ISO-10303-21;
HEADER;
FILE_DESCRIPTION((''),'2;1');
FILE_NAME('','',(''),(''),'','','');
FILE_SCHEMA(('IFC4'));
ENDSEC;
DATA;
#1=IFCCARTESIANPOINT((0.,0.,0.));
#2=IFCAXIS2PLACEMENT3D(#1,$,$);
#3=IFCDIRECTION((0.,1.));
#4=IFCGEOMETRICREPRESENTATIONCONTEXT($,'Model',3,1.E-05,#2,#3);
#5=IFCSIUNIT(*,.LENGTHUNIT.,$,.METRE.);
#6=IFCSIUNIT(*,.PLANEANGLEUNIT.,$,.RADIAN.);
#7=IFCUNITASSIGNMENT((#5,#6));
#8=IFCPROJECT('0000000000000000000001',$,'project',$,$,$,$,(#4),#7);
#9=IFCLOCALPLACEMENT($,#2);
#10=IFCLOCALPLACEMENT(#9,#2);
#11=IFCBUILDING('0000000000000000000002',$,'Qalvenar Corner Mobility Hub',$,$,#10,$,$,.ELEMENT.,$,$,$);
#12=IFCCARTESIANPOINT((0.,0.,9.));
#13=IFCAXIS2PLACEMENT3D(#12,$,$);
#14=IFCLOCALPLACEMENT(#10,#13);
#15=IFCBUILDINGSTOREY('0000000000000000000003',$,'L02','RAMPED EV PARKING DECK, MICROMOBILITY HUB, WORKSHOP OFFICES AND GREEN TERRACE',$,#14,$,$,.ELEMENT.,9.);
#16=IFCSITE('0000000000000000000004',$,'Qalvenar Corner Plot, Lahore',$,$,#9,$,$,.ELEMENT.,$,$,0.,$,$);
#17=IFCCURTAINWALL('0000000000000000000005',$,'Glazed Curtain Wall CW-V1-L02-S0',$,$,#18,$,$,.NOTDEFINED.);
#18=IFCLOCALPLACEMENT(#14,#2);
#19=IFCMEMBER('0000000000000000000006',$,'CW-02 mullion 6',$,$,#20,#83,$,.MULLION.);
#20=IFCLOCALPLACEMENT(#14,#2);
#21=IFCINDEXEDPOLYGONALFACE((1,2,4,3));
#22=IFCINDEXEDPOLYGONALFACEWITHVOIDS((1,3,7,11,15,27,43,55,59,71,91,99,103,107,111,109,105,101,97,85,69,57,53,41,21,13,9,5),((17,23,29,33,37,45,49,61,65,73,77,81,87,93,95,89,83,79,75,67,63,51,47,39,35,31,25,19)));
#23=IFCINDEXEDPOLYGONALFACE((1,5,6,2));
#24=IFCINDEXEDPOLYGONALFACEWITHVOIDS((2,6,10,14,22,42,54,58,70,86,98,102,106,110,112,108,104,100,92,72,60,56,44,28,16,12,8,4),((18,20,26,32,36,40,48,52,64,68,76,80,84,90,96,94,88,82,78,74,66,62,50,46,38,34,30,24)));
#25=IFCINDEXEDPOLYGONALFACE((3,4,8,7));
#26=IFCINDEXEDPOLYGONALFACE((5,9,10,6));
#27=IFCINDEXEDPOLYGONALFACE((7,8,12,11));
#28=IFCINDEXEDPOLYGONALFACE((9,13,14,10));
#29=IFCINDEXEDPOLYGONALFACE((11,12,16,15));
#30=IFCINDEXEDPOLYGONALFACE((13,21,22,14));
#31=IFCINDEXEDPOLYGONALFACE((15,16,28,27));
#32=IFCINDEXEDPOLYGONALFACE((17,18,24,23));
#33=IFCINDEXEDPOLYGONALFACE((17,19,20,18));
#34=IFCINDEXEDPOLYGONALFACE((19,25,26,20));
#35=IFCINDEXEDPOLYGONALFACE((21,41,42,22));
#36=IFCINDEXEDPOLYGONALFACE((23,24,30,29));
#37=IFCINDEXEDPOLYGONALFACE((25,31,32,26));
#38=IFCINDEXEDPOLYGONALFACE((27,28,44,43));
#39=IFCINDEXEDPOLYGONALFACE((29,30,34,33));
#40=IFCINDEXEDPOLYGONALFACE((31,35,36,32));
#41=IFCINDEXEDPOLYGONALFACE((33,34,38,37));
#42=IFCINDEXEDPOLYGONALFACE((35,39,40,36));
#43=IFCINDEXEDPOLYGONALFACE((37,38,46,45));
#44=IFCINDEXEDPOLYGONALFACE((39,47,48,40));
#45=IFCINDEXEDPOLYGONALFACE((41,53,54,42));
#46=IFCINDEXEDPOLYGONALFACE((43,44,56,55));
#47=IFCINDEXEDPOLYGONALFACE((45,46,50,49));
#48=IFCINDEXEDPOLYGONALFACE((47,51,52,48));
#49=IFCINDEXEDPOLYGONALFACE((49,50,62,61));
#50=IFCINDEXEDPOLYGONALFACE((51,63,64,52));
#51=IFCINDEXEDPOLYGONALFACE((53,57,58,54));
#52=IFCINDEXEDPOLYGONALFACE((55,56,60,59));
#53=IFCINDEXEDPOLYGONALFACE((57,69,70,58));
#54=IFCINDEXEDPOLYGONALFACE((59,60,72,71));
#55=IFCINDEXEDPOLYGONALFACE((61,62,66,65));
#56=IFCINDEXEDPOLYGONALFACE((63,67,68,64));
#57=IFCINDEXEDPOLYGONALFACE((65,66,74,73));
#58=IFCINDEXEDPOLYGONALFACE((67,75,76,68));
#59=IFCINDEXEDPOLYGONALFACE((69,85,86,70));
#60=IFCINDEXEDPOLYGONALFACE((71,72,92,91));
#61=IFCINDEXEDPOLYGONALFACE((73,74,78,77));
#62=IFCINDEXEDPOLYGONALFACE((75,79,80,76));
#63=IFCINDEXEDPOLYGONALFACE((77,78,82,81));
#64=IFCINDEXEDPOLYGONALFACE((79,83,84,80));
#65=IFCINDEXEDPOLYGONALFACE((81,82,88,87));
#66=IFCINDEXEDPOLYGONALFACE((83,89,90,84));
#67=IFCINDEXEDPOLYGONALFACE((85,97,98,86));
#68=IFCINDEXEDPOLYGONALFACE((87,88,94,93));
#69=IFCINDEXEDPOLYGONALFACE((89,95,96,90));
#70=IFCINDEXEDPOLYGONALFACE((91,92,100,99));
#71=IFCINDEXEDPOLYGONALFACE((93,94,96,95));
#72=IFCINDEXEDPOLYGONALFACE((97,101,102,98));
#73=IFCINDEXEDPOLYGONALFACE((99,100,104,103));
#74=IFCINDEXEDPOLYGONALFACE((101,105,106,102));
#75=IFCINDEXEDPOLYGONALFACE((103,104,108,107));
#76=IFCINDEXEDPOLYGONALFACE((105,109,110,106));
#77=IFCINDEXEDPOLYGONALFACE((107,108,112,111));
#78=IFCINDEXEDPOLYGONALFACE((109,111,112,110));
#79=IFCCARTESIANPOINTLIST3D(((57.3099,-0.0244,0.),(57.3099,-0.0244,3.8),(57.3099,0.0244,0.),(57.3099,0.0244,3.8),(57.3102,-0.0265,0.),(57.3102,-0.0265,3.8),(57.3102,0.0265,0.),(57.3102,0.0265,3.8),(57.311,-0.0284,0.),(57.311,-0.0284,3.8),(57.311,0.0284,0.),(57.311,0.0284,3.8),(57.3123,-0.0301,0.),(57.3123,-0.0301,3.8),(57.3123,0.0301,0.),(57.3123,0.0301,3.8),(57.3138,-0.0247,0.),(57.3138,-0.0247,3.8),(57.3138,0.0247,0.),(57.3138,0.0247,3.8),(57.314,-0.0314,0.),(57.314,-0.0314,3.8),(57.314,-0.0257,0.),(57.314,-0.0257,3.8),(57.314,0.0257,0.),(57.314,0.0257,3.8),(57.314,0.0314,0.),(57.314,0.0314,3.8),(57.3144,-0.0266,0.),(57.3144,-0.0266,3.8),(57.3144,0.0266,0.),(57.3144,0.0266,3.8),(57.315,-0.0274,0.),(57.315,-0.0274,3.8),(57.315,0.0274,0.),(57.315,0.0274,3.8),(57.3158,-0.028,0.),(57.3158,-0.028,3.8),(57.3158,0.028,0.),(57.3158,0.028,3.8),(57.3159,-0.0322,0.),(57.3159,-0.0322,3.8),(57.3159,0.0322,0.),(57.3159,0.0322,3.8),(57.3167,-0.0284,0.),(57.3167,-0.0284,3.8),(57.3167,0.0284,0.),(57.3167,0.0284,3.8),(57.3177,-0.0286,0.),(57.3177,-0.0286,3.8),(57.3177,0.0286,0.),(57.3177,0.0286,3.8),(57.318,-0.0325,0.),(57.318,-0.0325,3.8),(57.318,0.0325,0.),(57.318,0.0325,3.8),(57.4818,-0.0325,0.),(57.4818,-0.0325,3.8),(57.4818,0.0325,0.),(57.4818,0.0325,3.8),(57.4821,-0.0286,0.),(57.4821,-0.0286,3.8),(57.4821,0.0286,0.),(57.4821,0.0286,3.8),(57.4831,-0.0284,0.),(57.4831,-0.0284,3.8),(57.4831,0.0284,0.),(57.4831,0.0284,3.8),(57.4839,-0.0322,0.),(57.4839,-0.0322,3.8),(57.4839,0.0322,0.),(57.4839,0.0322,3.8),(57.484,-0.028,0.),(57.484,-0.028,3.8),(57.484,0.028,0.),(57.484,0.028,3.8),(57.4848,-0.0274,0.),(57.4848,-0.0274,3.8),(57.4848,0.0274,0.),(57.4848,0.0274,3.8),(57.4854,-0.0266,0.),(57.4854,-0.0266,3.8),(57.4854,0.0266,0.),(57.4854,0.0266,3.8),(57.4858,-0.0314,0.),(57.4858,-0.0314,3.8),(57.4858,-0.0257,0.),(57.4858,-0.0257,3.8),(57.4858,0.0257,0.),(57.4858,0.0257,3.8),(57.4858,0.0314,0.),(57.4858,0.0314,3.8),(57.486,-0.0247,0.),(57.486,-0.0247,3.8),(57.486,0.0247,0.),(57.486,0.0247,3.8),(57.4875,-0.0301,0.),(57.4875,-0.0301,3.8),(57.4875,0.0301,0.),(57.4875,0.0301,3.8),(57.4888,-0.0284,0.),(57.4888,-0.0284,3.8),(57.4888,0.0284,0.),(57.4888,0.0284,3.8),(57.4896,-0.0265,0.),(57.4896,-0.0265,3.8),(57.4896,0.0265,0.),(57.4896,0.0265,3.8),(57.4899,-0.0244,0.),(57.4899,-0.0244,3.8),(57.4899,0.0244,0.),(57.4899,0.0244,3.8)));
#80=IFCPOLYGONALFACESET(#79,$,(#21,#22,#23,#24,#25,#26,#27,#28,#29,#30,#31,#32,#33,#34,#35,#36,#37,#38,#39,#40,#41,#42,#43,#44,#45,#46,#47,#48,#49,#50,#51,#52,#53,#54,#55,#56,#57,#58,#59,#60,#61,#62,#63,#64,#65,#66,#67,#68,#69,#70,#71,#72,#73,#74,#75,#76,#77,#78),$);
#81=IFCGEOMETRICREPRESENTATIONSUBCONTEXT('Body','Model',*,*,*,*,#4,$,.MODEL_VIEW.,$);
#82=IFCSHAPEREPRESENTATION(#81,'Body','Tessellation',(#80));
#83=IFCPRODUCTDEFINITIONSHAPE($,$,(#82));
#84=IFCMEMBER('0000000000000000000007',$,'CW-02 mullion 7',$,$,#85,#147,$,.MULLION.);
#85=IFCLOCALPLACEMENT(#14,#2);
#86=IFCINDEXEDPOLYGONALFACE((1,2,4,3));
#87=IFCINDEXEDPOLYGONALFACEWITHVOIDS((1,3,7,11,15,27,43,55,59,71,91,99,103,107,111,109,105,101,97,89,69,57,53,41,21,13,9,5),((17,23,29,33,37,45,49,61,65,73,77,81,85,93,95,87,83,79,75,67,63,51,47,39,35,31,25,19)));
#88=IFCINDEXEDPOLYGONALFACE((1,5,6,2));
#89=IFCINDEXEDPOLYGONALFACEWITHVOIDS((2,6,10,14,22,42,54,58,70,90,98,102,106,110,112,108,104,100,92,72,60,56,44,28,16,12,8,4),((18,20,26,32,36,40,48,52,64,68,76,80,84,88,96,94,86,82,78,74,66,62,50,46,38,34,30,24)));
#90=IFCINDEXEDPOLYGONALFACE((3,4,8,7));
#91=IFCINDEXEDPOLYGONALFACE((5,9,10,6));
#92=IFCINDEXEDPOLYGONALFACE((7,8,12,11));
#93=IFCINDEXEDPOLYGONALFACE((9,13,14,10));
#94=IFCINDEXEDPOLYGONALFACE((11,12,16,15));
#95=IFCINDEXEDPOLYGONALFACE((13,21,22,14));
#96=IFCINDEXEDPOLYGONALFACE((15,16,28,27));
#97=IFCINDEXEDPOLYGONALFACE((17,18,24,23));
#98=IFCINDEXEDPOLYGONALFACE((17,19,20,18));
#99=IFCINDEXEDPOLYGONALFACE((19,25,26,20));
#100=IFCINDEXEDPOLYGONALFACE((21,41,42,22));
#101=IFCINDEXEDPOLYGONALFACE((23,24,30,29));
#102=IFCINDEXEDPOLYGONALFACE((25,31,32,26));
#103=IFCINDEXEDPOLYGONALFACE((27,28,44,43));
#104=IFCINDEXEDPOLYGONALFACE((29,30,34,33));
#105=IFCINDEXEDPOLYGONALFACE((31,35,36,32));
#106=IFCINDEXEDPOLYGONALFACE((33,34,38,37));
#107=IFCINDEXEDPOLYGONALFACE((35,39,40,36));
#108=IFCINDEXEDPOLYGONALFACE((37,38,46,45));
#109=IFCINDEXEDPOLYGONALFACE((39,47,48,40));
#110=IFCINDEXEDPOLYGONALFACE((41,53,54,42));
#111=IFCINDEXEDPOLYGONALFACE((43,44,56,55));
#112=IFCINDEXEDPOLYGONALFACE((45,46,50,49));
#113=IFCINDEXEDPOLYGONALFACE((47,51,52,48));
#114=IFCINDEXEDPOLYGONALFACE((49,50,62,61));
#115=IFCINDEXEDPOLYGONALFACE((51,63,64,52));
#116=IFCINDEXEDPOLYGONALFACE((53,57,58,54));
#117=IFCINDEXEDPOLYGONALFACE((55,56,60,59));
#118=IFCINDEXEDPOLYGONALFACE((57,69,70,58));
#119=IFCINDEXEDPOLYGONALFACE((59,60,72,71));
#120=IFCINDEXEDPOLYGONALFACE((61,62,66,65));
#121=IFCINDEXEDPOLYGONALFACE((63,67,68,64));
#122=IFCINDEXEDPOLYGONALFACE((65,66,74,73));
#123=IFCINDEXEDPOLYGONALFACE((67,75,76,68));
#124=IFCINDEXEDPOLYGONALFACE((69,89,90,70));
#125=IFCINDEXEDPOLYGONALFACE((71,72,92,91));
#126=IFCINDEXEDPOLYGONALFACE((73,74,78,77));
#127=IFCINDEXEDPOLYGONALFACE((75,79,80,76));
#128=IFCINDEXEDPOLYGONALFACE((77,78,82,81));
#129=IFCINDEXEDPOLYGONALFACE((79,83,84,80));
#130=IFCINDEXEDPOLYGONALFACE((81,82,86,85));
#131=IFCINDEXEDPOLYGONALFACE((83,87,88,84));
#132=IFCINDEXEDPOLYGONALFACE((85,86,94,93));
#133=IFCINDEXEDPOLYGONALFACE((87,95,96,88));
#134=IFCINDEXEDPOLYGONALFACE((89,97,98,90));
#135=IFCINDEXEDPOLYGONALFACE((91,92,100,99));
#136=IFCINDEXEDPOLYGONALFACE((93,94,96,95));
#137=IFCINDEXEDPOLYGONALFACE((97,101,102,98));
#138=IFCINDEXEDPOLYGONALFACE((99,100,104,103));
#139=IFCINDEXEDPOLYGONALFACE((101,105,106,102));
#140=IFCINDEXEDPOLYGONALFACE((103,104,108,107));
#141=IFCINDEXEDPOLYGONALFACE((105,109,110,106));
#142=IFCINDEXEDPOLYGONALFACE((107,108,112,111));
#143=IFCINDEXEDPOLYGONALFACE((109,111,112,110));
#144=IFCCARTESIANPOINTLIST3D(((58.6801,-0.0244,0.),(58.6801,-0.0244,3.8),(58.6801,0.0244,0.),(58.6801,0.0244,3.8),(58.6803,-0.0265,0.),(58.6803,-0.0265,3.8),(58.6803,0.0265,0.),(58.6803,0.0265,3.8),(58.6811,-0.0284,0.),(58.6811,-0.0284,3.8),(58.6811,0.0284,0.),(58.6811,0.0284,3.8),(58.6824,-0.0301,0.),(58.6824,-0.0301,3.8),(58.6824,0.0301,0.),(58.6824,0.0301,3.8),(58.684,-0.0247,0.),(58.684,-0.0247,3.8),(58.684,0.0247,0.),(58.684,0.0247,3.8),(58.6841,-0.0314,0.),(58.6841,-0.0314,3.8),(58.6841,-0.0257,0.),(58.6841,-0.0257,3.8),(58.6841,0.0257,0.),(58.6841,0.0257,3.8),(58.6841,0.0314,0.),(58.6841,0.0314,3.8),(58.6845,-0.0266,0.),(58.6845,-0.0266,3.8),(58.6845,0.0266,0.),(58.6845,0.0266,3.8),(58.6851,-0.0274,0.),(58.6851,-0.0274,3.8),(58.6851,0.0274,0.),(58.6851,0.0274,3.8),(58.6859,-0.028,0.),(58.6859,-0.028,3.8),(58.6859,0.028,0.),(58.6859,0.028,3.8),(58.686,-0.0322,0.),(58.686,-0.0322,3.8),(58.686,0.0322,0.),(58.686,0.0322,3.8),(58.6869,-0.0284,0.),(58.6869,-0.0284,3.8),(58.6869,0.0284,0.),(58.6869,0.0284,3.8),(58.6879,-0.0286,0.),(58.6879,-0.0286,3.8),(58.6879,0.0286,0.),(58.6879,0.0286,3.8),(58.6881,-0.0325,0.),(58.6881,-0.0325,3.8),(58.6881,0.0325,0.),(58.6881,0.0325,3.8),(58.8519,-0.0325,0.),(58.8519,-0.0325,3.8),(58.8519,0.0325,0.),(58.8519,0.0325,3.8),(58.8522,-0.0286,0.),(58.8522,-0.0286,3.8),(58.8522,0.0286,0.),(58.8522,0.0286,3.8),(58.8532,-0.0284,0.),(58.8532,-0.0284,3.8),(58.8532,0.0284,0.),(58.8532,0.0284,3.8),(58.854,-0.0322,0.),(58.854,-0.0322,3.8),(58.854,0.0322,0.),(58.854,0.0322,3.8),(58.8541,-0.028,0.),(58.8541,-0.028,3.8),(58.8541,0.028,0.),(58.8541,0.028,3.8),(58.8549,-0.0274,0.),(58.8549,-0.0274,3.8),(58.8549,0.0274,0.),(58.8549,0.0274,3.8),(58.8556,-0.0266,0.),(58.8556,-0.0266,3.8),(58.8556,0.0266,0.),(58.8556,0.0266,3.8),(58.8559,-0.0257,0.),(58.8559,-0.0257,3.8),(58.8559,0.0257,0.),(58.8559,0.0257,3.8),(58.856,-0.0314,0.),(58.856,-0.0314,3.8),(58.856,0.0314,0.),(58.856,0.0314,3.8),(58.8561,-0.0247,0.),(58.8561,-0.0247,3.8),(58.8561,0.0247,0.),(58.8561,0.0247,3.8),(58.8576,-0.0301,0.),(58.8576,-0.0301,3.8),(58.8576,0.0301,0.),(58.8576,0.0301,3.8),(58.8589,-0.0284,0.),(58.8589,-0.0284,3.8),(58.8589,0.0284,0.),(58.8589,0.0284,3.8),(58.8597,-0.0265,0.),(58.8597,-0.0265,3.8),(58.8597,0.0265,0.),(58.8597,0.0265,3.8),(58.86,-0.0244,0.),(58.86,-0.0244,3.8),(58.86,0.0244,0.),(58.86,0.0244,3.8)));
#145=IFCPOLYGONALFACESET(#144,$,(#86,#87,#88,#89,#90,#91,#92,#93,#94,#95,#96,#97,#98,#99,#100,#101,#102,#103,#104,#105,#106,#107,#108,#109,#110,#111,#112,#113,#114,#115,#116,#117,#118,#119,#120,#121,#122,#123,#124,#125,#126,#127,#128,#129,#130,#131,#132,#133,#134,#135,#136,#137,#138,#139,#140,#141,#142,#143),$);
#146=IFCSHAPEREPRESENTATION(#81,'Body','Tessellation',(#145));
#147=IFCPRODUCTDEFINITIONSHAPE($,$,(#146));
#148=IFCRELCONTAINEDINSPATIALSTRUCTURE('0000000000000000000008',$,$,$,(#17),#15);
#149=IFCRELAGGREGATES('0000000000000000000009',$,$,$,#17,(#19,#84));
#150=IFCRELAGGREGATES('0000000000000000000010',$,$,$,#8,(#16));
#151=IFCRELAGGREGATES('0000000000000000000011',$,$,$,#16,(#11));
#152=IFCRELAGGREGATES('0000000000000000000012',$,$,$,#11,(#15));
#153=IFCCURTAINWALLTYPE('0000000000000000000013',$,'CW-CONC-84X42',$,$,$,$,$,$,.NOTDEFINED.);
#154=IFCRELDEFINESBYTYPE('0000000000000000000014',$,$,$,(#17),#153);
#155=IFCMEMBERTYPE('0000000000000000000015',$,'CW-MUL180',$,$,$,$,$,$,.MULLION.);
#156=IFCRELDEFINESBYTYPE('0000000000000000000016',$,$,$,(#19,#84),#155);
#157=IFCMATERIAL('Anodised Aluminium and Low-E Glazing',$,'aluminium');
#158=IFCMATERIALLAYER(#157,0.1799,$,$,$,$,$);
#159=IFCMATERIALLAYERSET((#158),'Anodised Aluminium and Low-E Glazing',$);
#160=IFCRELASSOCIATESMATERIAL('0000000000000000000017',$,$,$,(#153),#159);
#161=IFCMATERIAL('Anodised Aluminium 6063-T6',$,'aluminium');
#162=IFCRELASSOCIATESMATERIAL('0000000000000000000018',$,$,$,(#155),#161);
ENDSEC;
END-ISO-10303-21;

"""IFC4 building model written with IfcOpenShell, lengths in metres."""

from ifc_helpers import new_model, si_unit, direction, frame, origin, origin_2d, place, context, subcontext, project, spatial, hollow_rectangle, extrude, material, layer, layer_set, material_profile, profile_set, type_object, element, aggregate, save


model = new_model("IFC4")

# Units and contexts
model_context = context("Model", 3, precision=1e-05, world=origin(), true_north=direction((0.0, 1.0)))
body_context = subcontext(model_context, "Body", "Model", "MODEL_VIEW")
ifc_project = project(units=[si_unit("LENGTHUNIT", "METRE"), si_unit("PLANEANGLEUNIT", "RADIAN")], contexts=[model_context])

# Site, building, storey
site_placement = place(None, origin())
site = spatial("IfcSite", under=ifc_project, at=site_placement, Name="Qalvenar Corner Plot, Lahore", CompositionType="ELEMENT", RefElevation=0.0)
building_placement = place(site_placement, origin())
building = spatial("IfcBuilding", under=site, at=building_placement, Name="Qalvenar Corner Mobility Hub", CompositionType="ELEMENT")
storey_placement = place(building_placement, frame((0.0, 0.0, 9.0)))
storey = spatial("IfcBuildingStorey", under=building, at=storey_placement, Name="L02", Description="RAMPED EV PARKING DECK, MICROMOBILITY HUB, WORKSHOP OFFICES AND GREEN TERRACE", CompositionType="ELEMENT", Elevation=9.0)

# Curtain wall, members
ifc_material_1 = material(Name="Anodised Aluminium and Low-E Glazing", Category="aluminium")
ifc_layer_1 = layer(ifc_material_1, 0.1799)
ifc_layer_set_1 = layer_set([ifc_layer_1], Name="Anodised Aluminium and Low-E Glazing")
curtain_wall_type = type_object("IfcCurtainWallType", Name="CW-CONC-84X42", PredefinedType="NOTDEFINED", material=ifc_layer_set_1)
curtain_wall_1_placement = place(storey_placement, origin())
curtain_wall_1 = element("IfcCurtainWall", 1, at=curtain_wall_1_placement, inside=storey, type_object=curtain_wall_type, Name="Glazed Curtain Wall CW-V1-L02-S0", PredefinedType="NOTDEFINED")
ifc_material_2 = material(Name="Anodised Aluminium 6063-T6", Category="aluminium")
ifc_material_profile_1 = material_profile(ifc_material_2, hollow_rectangle(XDim=0.0649, YDim=0.1799, WallThickness=0.0039, InnerFilletRadius=0.0039, OuterFilletRadius=0.0081, at=origin_2d()), Name="RHS180x65x4")
ifc_profile_set_1 = profile_set([ifc_material_profile_1], Name="Anodised Aluminium 6063-T6")
member_type_1 = type_object("IfcMemberType", Name="CW-MUL180", PredefinedType="MULLION", material=ifc_profile_set_1)
member_1_placement = place(storey_placement, frame((57.3999, 0.0, 0.0), z_axis=(0.0, 0.0, 1.0), x_axis=(0.0, 1.0, 0.0)))
member_1 = element("IfcMember", 2, at=member_1_placement, type_object=member_type_1, Name="CW-02 mullion 6", PredefinedType="MULLION", context=body_context, shape_type="SweptSolid", body=[
    extrude(hollow_rectangle(XDim=0.0649, YDim=0.1799, WallThickness=0.0039, InnerFilletRadius=0.0039, OuterFilletRadius=0.0081, at=origin_2d()), origin(), (0.0, 0.0, 1.0), 3.8),
])
member_2_placement = place(storey_placement, frame((58.77, 0.0, 0.0), z_axis=(0.0, 0.0, 1.0), x_axis=(0.0, 1.0, 0.0)))
member_2 = element("IfcMember", 3, at=member_2_placement, type_object=member_type_1, Name="CW-02 mullion 7", PredefinedType="MULLION", context=body_context, shape_type="SweptSolid", body=[
    extrude(hollow_rectangle(XDim=0.0649, YDim=0.1799, WallThickness=0.0039, InnerFilletRadius=0.0039, OuterFilletRadius=0.0081, at=origin_2d()), origin(), (0.0, 0.0, 1.0), 3.8),
])

aggregate(curtain_wall_1, [member_1, member_2])

save(model, "model.ifc")
